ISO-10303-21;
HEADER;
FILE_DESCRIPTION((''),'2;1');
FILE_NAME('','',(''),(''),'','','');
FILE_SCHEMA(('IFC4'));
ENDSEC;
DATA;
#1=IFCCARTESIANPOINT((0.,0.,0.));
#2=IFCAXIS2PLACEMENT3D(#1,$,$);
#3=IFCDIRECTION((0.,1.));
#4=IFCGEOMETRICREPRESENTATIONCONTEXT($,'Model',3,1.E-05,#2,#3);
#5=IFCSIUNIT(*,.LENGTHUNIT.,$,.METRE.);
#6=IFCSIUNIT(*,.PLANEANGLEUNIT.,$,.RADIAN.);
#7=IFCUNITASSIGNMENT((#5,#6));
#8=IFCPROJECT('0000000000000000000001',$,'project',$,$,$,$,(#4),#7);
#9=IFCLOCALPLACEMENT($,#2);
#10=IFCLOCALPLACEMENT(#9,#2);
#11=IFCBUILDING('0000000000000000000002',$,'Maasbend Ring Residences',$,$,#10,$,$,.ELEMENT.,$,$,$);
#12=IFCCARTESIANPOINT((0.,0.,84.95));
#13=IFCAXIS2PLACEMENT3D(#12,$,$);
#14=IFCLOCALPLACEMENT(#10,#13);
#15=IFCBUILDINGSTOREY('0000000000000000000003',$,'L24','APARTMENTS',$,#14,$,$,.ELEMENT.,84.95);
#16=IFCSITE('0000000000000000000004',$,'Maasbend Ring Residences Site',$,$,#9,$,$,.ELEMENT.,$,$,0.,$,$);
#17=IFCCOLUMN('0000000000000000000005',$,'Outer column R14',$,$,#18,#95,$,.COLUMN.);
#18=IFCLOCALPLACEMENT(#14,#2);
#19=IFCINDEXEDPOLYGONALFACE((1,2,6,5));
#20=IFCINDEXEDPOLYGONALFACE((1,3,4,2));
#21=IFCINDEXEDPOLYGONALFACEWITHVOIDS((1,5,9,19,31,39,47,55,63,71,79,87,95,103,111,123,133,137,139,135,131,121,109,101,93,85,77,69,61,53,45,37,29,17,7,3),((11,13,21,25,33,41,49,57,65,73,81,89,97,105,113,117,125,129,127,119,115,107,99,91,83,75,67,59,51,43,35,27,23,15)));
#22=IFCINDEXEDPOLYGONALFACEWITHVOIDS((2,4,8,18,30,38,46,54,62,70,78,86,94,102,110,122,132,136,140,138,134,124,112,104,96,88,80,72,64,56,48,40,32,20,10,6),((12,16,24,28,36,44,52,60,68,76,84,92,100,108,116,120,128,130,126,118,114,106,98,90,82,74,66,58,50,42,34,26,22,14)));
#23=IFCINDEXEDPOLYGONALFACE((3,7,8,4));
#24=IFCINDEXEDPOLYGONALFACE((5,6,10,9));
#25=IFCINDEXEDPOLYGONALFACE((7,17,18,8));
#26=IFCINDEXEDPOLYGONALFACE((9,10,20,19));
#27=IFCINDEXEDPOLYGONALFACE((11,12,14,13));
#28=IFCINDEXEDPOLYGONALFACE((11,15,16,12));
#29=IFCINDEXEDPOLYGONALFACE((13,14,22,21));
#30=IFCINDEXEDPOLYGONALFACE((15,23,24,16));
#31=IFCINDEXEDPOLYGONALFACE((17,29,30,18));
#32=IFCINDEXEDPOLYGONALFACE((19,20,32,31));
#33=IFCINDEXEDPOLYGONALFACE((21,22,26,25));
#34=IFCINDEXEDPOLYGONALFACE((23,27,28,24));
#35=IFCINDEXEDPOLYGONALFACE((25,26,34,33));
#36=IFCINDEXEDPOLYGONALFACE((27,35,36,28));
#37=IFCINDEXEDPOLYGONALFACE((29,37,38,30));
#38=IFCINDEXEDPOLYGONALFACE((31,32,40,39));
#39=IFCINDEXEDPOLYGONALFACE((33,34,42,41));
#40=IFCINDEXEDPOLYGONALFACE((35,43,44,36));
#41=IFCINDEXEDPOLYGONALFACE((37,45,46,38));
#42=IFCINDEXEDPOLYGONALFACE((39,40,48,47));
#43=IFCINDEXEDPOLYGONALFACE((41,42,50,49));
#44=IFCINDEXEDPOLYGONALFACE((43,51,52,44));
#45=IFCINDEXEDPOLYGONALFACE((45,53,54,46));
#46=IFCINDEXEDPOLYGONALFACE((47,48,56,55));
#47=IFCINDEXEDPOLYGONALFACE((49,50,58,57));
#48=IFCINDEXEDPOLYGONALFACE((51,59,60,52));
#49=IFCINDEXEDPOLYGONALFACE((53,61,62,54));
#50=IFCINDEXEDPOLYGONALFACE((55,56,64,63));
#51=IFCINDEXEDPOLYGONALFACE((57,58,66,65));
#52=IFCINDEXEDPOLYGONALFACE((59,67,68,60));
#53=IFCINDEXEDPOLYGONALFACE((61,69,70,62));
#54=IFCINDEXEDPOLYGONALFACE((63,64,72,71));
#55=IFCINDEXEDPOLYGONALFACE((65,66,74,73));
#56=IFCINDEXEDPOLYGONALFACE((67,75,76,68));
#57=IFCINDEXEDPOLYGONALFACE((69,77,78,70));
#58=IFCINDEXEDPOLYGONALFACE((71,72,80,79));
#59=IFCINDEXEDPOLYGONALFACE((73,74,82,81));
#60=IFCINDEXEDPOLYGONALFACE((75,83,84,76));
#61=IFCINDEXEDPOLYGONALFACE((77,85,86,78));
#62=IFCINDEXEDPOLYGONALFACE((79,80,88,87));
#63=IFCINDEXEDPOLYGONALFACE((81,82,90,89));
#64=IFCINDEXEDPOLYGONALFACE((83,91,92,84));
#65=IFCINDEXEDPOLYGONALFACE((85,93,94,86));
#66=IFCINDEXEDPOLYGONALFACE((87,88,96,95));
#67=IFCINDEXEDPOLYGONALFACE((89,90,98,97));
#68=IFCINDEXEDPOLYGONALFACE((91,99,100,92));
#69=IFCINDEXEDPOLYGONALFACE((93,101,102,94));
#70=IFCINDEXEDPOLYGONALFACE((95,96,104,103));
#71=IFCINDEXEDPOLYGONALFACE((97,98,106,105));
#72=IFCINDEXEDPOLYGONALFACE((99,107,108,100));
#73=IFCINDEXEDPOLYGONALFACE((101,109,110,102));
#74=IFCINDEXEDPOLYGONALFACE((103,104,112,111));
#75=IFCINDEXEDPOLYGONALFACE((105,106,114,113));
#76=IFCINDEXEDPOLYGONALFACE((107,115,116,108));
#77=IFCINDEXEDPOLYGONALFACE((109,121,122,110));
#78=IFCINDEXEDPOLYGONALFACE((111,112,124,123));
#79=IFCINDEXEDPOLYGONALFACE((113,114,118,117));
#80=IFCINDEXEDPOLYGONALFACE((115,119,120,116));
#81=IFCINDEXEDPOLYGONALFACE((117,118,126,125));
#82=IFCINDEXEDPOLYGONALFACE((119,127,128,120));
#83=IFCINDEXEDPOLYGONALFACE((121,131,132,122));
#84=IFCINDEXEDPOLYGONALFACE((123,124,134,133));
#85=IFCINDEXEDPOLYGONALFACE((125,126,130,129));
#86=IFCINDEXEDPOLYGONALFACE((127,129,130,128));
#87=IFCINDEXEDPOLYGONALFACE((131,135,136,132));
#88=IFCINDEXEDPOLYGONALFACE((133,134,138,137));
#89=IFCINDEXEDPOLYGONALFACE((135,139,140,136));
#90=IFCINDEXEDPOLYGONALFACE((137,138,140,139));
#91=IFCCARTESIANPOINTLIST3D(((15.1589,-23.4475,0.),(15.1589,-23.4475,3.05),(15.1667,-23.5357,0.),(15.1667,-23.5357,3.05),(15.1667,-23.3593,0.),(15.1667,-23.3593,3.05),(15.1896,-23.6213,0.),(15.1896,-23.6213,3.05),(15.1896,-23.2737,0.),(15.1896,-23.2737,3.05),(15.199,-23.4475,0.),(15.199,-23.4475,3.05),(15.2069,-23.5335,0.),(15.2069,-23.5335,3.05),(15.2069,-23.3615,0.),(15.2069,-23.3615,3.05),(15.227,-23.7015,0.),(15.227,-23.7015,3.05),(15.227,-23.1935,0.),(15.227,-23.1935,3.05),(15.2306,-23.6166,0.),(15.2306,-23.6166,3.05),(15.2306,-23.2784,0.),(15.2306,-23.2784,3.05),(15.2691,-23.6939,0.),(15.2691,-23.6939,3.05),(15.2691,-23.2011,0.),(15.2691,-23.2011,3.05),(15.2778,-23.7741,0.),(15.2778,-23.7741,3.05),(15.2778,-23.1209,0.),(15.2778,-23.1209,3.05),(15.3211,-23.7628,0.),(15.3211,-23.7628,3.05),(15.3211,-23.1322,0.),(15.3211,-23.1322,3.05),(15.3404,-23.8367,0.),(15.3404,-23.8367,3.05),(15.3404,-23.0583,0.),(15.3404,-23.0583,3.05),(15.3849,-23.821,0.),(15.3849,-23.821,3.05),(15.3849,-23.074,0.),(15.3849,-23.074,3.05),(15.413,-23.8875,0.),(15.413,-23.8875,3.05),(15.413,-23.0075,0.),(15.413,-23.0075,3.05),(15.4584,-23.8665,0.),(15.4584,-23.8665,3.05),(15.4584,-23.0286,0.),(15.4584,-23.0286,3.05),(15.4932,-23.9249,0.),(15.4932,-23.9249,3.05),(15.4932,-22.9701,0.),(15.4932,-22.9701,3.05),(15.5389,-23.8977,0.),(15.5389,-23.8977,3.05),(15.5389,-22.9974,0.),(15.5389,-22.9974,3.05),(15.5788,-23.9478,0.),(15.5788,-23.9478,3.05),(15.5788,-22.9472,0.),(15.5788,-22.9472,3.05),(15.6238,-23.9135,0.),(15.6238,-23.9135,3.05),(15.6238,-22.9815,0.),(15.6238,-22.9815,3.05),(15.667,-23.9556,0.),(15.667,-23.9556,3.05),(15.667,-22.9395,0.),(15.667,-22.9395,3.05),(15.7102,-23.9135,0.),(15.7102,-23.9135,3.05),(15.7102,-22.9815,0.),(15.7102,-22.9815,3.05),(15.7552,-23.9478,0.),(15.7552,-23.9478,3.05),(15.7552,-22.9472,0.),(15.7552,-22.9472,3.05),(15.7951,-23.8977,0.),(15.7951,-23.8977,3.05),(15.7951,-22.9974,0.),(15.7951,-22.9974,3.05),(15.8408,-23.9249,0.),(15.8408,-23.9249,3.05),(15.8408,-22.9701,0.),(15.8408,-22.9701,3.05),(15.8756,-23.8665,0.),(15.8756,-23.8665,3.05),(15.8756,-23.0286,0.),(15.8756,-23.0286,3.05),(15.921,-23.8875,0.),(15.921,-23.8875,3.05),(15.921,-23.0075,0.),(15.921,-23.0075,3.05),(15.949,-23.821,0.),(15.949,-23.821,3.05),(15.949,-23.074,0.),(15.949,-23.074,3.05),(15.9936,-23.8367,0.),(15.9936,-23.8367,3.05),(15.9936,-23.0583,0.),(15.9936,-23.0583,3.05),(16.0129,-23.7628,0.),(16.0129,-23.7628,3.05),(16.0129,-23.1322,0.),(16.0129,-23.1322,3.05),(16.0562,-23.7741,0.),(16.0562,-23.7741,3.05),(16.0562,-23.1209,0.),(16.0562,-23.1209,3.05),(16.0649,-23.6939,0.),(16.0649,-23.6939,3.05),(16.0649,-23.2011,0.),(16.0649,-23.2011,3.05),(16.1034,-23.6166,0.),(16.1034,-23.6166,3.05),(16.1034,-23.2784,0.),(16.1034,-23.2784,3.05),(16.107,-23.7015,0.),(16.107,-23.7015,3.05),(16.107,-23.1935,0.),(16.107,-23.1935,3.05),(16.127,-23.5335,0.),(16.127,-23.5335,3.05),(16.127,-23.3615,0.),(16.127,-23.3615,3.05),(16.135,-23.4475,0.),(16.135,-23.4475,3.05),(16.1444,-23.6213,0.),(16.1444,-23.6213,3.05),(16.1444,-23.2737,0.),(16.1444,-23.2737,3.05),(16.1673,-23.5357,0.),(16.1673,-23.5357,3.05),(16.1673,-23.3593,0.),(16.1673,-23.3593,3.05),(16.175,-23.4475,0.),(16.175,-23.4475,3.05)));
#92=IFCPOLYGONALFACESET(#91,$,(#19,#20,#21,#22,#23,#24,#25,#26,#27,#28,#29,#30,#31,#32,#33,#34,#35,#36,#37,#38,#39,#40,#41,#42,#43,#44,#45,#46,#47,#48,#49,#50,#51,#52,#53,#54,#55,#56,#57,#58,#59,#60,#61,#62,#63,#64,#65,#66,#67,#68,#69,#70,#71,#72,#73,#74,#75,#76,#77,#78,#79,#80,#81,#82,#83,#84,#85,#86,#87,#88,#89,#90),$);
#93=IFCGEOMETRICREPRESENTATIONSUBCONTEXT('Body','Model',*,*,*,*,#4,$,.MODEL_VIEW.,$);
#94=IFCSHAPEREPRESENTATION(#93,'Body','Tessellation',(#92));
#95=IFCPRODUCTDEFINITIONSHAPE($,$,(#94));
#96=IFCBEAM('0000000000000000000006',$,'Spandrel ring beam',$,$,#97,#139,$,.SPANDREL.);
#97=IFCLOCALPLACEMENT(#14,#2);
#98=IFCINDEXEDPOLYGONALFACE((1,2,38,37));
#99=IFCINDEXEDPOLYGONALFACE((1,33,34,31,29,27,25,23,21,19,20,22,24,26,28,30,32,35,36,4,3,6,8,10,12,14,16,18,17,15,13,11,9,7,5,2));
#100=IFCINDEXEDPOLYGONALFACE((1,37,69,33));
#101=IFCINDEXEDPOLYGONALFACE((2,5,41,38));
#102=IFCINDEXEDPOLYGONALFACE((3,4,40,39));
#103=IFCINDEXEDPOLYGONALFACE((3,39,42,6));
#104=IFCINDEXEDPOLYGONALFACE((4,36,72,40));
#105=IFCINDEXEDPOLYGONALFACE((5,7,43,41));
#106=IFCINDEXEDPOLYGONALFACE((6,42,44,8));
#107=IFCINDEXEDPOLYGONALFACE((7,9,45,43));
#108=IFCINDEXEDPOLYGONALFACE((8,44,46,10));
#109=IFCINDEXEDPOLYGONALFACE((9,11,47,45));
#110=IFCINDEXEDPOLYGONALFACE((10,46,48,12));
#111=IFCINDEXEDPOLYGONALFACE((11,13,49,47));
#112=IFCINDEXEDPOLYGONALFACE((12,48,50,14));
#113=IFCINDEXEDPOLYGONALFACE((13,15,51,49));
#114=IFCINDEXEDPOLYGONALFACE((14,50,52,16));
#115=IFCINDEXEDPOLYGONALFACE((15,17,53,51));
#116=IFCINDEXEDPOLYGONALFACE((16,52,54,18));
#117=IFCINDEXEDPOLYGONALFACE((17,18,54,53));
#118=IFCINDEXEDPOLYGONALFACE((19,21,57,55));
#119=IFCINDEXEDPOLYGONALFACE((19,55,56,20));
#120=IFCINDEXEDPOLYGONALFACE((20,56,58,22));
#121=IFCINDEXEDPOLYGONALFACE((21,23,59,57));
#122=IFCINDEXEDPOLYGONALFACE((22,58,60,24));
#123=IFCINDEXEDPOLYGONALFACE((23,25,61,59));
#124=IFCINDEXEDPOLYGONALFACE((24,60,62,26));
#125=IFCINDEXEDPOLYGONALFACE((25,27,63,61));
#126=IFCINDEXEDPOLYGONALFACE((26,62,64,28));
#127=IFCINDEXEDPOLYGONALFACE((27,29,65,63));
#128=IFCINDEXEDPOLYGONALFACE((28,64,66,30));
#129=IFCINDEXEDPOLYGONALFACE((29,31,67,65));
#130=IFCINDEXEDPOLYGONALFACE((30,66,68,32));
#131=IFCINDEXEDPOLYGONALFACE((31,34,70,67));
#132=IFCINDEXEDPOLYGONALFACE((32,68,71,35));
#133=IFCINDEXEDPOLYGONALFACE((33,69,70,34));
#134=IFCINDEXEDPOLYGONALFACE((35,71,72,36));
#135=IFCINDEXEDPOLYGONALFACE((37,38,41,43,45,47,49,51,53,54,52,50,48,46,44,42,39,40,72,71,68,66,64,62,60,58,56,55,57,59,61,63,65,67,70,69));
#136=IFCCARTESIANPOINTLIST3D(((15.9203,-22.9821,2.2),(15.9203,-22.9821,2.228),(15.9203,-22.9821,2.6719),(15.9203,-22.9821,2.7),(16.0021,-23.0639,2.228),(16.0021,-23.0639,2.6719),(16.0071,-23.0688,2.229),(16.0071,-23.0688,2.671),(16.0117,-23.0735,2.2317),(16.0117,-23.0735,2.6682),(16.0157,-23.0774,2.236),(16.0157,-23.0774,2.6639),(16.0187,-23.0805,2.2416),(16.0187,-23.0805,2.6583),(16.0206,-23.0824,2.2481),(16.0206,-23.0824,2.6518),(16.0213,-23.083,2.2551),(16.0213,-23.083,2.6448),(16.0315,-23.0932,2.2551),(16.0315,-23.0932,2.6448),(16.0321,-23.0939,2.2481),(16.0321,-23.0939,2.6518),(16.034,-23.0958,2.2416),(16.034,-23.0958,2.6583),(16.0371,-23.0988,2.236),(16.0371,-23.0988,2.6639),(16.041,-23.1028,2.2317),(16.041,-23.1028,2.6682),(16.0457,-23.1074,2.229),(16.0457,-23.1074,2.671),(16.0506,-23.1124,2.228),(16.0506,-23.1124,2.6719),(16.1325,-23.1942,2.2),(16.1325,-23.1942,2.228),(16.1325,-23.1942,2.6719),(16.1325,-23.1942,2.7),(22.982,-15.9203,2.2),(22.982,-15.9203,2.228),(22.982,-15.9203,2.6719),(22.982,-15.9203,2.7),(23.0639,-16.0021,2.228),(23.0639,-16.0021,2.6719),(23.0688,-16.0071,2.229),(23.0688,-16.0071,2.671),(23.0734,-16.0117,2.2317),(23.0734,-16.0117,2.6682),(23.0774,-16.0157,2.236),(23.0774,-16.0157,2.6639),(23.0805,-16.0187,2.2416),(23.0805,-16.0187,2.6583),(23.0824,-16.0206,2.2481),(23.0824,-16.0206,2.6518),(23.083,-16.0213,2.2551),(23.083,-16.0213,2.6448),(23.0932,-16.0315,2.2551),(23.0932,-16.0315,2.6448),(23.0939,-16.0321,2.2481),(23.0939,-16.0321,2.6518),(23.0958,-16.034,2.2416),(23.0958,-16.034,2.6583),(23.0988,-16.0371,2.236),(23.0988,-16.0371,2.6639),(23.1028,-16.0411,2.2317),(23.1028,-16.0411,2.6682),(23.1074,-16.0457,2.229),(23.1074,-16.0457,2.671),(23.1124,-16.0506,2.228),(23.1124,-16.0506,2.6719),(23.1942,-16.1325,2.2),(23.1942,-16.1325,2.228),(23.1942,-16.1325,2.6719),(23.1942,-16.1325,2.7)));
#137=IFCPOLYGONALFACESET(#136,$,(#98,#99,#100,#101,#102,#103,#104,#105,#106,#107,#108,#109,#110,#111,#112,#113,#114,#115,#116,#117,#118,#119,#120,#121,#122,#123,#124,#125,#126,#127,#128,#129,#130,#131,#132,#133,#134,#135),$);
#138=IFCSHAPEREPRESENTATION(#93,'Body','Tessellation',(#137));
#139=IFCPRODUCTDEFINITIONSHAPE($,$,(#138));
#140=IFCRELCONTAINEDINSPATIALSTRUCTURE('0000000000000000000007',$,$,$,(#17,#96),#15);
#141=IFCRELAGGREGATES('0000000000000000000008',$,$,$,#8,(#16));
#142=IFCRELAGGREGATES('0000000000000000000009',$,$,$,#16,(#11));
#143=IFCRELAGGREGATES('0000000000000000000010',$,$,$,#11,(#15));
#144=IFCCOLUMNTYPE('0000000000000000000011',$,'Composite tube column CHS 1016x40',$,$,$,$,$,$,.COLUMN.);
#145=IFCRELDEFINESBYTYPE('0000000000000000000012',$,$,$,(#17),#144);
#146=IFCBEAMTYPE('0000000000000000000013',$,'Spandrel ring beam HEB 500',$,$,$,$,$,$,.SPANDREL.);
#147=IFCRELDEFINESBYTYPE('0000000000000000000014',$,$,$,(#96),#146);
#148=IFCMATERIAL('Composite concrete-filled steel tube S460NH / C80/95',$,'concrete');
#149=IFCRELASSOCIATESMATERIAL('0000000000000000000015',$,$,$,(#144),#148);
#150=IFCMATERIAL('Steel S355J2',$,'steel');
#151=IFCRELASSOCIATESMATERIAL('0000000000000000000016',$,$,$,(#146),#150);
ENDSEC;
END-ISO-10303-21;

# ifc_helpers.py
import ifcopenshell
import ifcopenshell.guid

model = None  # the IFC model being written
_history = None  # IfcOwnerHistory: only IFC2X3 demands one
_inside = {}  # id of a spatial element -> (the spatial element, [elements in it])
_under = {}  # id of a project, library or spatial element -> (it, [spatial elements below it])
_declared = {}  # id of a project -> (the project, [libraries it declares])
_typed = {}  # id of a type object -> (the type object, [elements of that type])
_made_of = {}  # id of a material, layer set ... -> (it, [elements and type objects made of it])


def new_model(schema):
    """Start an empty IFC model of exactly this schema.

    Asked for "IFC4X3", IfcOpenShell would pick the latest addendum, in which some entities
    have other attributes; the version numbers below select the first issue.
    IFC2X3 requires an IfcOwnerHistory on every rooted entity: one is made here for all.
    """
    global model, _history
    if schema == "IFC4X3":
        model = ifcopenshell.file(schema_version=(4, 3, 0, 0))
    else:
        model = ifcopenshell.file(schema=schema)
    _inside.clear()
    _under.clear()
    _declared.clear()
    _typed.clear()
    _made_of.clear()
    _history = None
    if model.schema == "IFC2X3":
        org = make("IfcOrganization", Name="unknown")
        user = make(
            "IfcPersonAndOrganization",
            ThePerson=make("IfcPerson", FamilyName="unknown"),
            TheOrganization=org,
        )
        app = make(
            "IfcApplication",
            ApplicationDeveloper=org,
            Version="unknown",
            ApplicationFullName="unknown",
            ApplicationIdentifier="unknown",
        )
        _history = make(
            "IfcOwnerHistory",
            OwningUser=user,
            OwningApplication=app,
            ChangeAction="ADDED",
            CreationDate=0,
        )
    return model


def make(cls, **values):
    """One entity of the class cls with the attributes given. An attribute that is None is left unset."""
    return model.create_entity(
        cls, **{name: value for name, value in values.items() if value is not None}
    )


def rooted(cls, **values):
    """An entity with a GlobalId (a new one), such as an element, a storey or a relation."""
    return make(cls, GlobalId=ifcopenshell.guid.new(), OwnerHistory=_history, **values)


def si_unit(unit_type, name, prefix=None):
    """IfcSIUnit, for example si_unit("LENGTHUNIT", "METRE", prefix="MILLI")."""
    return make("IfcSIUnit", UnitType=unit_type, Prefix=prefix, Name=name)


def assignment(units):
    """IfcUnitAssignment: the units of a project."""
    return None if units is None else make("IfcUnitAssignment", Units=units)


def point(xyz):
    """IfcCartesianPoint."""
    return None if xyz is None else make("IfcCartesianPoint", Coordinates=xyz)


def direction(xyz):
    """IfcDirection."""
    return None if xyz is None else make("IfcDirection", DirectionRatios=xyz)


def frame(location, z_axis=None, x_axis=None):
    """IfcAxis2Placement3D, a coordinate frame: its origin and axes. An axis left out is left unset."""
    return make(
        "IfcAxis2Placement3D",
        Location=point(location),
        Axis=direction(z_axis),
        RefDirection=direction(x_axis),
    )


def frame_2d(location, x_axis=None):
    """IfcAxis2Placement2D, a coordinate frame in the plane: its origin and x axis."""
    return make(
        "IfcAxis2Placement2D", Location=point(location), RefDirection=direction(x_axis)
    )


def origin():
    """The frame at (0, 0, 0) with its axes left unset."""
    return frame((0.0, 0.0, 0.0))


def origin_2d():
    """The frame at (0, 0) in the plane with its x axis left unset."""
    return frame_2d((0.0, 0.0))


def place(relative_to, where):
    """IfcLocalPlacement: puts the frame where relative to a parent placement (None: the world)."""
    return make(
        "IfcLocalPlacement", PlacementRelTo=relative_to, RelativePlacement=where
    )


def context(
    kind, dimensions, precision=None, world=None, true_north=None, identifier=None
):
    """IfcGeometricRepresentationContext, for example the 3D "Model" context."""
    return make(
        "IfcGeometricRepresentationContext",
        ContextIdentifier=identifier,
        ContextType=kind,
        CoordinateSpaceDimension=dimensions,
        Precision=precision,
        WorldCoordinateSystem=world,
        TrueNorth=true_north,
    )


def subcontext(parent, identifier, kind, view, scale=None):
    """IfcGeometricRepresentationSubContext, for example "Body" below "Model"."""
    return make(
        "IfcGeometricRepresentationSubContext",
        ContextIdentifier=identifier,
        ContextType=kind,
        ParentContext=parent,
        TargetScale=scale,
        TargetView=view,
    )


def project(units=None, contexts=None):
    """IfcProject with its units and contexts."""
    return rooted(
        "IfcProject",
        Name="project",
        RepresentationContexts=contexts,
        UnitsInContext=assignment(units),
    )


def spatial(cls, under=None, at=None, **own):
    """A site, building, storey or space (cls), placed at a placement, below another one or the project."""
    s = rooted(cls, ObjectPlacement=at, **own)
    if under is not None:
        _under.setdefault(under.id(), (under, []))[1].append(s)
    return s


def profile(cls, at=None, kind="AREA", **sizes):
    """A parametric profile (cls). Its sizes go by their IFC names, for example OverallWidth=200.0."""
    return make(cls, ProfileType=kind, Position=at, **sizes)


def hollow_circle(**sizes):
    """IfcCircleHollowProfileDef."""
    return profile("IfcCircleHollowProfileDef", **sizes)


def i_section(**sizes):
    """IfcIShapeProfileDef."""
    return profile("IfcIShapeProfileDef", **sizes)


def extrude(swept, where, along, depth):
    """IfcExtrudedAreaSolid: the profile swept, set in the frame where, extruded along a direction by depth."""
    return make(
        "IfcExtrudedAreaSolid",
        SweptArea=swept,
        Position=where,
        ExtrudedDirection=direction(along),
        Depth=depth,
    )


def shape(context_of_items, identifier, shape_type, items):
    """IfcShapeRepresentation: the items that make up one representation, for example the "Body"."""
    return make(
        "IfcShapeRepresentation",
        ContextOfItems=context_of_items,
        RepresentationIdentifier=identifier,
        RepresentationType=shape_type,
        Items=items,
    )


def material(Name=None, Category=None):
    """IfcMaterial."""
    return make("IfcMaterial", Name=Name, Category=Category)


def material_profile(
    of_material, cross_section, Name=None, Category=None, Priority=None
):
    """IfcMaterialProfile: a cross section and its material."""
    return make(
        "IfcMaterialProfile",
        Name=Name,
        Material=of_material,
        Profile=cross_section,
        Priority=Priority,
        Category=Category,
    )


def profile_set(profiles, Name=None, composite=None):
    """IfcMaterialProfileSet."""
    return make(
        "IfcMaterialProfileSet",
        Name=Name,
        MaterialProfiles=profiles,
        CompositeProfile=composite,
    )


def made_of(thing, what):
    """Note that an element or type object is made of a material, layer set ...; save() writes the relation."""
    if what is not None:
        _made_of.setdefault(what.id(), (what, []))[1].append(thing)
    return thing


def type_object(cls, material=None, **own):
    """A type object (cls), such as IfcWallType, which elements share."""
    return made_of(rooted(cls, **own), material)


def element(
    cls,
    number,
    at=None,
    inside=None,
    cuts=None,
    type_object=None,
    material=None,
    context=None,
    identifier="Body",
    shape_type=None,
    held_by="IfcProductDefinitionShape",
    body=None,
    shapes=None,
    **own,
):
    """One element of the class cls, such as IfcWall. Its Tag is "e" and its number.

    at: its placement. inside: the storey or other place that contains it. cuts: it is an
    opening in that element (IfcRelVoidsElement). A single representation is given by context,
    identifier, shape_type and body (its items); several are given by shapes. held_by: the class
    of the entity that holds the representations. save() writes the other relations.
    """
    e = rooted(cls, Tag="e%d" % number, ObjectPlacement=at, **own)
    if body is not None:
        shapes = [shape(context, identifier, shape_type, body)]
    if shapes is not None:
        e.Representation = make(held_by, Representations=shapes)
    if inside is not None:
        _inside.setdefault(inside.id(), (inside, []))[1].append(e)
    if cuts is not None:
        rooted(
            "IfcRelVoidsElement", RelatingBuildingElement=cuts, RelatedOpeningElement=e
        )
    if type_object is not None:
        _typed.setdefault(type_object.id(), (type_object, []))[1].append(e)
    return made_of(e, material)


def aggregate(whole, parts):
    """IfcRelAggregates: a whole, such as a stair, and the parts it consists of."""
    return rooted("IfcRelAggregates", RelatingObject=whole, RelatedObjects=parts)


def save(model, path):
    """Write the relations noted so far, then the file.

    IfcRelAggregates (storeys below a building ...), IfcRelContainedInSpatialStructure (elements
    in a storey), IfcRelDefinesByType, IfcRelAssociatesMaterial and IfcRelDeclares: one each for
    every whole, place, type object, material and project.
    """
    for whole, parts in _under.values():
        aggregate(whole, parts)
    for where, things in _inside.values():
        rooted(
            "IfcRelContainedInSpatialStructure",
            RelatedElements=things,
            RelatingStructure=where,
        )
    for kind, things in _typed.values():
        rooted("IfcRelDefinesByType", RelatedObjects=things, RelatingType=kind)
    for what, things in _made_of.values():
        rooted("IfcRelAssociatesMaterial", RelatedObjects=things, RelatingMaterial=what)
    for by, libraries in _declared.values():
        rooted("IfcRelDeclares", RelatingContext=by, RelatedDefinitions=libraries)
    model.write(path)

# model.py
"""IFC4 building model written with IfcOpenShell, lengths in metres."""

from ifc_helpers import new_model, si_unit, direction, frame, origin, origin_2d, place, context, subcontext, project, spatial, hollow_circle, i_section, extrude, material, material_profile, profile_set, type_object, element, save


model = new_model("IFC4")

# Units and contexts
model_context = context("Model", 3, precision=1e-05, world=origin(), true_north=direction((0.0, 1.0)))
body_context = subcontext(model_context, "Body", "Model", "MODEL_VIEW")
ifc_project = project(units=[si_unit("LENGTHUNIT", "METRE"), si_unit("PLANEANGLEUNIT", "RADIAN")], contexts=[model_context])

# Site, building, storey
site_placement = place(None, origin())
site = spatial("IfcSite", under=ifc_project, at=site_placement, Name="Maasbend Ring Residences Site", CompositionType="ELEMENT", RefElevation=0.0)
building_placement = place(site_placement, origin())
building = spatial("IfcBuilding", under=site, at=building_placement, Name="Maasbend Ring Residences", CompositionType="ELEMENT")
storey_placement = place(building_placement, frame((0.0, 0.0, 84.95)))
storey = spatial("IfcBuildingStorey", under=building, at=storey_placement, Name="L24", Description="APARTMENTS", CompositionType="ELEMENT", Elevation=84.95)

# Column
ifc_material_1 = material(Name="Composite concrete-filled steel tube S460NH / C80/95", Category="concrete")
ifc_material_profile_1 = material_profile(ifc_material_1, hollow_circle(Radius=0.5081, WallThickness=0.04, at=origin_2d()), Name="Composite tube column CHS 1016x40")
ifc_profile_set_1 = profile_set([ifc_material_profile_1], Name="Composite concrete-filled steel tube S460NH / C80/95")
column_type = type_object("IfcColumnType", Name="Composite tube column CHS 1016x40", PredefinedType="COLUMN", material=ifc_profile_set_1)
column_placement = place(storey_placement, frame((15.667, -23.4475, 0.0), z_axis=(0.0, 0.0, 1.0), x_axis=(1.0, 0.0, 0.0)))
element("IfcColumn", 1, at=column_placement, inside=storey, type_object=column_type, Name="Outer column R14", PredefinedType="COLUMN", context=body_context, shape_type="SweptSolid", body=[
    extrude(hollow_circle(Radius=0.5081, WallThickness=0.04, at=origin_2d()), origin(), (0.0, 0.0, 1.0), 3.05),
])

# Beam
ifc_material_2 = material(Name="Steel S355J2", Category="steel")
ifc_material_profile_2 = material_profile(ifc_material_2, i_section(OverallWidth=0.3, OverallDepth=0.5, WebThickness=0.0144, FlangeThickness=0.0281, FilletRadius=0.0271, at=origin_2d()), Name="HEB 500")
ifc_profile_set_2 = profile_set([ifc_material_profile_2], Name="Steel S355J2")
beam_type = type_object("IfcBeamType", Name="Spandrel ring beam HEB 500", PredefinedType="SPANDREL", material=ifc_profile_set_2)
beam_placement = place(storey_placement, frame((16.0264, -23.0881, 2.45), z_axis=(0.707107, 0.707107, 0.0), x_axis=(-0.707107, 0.707107, 0.0)))
element("IfcBeam", 2, at=beam_placement, inside=storey, type_object=beam_type, Name="Spandrel ring beam", PredefinedType="SPANDREL", context=body_context, shape_type="SweptSolid", body=[
    extrude(i_section(OverallWidth=0.3, OverallDepth=0.5, WebThickness=0.0144, FlangeThickness=0.0281, FilletRadius=0.0271, at=origin_2d()), origin(), (0.0, 0.0, 1.0), 9.9868),
])

save(model, "model.ifc")
